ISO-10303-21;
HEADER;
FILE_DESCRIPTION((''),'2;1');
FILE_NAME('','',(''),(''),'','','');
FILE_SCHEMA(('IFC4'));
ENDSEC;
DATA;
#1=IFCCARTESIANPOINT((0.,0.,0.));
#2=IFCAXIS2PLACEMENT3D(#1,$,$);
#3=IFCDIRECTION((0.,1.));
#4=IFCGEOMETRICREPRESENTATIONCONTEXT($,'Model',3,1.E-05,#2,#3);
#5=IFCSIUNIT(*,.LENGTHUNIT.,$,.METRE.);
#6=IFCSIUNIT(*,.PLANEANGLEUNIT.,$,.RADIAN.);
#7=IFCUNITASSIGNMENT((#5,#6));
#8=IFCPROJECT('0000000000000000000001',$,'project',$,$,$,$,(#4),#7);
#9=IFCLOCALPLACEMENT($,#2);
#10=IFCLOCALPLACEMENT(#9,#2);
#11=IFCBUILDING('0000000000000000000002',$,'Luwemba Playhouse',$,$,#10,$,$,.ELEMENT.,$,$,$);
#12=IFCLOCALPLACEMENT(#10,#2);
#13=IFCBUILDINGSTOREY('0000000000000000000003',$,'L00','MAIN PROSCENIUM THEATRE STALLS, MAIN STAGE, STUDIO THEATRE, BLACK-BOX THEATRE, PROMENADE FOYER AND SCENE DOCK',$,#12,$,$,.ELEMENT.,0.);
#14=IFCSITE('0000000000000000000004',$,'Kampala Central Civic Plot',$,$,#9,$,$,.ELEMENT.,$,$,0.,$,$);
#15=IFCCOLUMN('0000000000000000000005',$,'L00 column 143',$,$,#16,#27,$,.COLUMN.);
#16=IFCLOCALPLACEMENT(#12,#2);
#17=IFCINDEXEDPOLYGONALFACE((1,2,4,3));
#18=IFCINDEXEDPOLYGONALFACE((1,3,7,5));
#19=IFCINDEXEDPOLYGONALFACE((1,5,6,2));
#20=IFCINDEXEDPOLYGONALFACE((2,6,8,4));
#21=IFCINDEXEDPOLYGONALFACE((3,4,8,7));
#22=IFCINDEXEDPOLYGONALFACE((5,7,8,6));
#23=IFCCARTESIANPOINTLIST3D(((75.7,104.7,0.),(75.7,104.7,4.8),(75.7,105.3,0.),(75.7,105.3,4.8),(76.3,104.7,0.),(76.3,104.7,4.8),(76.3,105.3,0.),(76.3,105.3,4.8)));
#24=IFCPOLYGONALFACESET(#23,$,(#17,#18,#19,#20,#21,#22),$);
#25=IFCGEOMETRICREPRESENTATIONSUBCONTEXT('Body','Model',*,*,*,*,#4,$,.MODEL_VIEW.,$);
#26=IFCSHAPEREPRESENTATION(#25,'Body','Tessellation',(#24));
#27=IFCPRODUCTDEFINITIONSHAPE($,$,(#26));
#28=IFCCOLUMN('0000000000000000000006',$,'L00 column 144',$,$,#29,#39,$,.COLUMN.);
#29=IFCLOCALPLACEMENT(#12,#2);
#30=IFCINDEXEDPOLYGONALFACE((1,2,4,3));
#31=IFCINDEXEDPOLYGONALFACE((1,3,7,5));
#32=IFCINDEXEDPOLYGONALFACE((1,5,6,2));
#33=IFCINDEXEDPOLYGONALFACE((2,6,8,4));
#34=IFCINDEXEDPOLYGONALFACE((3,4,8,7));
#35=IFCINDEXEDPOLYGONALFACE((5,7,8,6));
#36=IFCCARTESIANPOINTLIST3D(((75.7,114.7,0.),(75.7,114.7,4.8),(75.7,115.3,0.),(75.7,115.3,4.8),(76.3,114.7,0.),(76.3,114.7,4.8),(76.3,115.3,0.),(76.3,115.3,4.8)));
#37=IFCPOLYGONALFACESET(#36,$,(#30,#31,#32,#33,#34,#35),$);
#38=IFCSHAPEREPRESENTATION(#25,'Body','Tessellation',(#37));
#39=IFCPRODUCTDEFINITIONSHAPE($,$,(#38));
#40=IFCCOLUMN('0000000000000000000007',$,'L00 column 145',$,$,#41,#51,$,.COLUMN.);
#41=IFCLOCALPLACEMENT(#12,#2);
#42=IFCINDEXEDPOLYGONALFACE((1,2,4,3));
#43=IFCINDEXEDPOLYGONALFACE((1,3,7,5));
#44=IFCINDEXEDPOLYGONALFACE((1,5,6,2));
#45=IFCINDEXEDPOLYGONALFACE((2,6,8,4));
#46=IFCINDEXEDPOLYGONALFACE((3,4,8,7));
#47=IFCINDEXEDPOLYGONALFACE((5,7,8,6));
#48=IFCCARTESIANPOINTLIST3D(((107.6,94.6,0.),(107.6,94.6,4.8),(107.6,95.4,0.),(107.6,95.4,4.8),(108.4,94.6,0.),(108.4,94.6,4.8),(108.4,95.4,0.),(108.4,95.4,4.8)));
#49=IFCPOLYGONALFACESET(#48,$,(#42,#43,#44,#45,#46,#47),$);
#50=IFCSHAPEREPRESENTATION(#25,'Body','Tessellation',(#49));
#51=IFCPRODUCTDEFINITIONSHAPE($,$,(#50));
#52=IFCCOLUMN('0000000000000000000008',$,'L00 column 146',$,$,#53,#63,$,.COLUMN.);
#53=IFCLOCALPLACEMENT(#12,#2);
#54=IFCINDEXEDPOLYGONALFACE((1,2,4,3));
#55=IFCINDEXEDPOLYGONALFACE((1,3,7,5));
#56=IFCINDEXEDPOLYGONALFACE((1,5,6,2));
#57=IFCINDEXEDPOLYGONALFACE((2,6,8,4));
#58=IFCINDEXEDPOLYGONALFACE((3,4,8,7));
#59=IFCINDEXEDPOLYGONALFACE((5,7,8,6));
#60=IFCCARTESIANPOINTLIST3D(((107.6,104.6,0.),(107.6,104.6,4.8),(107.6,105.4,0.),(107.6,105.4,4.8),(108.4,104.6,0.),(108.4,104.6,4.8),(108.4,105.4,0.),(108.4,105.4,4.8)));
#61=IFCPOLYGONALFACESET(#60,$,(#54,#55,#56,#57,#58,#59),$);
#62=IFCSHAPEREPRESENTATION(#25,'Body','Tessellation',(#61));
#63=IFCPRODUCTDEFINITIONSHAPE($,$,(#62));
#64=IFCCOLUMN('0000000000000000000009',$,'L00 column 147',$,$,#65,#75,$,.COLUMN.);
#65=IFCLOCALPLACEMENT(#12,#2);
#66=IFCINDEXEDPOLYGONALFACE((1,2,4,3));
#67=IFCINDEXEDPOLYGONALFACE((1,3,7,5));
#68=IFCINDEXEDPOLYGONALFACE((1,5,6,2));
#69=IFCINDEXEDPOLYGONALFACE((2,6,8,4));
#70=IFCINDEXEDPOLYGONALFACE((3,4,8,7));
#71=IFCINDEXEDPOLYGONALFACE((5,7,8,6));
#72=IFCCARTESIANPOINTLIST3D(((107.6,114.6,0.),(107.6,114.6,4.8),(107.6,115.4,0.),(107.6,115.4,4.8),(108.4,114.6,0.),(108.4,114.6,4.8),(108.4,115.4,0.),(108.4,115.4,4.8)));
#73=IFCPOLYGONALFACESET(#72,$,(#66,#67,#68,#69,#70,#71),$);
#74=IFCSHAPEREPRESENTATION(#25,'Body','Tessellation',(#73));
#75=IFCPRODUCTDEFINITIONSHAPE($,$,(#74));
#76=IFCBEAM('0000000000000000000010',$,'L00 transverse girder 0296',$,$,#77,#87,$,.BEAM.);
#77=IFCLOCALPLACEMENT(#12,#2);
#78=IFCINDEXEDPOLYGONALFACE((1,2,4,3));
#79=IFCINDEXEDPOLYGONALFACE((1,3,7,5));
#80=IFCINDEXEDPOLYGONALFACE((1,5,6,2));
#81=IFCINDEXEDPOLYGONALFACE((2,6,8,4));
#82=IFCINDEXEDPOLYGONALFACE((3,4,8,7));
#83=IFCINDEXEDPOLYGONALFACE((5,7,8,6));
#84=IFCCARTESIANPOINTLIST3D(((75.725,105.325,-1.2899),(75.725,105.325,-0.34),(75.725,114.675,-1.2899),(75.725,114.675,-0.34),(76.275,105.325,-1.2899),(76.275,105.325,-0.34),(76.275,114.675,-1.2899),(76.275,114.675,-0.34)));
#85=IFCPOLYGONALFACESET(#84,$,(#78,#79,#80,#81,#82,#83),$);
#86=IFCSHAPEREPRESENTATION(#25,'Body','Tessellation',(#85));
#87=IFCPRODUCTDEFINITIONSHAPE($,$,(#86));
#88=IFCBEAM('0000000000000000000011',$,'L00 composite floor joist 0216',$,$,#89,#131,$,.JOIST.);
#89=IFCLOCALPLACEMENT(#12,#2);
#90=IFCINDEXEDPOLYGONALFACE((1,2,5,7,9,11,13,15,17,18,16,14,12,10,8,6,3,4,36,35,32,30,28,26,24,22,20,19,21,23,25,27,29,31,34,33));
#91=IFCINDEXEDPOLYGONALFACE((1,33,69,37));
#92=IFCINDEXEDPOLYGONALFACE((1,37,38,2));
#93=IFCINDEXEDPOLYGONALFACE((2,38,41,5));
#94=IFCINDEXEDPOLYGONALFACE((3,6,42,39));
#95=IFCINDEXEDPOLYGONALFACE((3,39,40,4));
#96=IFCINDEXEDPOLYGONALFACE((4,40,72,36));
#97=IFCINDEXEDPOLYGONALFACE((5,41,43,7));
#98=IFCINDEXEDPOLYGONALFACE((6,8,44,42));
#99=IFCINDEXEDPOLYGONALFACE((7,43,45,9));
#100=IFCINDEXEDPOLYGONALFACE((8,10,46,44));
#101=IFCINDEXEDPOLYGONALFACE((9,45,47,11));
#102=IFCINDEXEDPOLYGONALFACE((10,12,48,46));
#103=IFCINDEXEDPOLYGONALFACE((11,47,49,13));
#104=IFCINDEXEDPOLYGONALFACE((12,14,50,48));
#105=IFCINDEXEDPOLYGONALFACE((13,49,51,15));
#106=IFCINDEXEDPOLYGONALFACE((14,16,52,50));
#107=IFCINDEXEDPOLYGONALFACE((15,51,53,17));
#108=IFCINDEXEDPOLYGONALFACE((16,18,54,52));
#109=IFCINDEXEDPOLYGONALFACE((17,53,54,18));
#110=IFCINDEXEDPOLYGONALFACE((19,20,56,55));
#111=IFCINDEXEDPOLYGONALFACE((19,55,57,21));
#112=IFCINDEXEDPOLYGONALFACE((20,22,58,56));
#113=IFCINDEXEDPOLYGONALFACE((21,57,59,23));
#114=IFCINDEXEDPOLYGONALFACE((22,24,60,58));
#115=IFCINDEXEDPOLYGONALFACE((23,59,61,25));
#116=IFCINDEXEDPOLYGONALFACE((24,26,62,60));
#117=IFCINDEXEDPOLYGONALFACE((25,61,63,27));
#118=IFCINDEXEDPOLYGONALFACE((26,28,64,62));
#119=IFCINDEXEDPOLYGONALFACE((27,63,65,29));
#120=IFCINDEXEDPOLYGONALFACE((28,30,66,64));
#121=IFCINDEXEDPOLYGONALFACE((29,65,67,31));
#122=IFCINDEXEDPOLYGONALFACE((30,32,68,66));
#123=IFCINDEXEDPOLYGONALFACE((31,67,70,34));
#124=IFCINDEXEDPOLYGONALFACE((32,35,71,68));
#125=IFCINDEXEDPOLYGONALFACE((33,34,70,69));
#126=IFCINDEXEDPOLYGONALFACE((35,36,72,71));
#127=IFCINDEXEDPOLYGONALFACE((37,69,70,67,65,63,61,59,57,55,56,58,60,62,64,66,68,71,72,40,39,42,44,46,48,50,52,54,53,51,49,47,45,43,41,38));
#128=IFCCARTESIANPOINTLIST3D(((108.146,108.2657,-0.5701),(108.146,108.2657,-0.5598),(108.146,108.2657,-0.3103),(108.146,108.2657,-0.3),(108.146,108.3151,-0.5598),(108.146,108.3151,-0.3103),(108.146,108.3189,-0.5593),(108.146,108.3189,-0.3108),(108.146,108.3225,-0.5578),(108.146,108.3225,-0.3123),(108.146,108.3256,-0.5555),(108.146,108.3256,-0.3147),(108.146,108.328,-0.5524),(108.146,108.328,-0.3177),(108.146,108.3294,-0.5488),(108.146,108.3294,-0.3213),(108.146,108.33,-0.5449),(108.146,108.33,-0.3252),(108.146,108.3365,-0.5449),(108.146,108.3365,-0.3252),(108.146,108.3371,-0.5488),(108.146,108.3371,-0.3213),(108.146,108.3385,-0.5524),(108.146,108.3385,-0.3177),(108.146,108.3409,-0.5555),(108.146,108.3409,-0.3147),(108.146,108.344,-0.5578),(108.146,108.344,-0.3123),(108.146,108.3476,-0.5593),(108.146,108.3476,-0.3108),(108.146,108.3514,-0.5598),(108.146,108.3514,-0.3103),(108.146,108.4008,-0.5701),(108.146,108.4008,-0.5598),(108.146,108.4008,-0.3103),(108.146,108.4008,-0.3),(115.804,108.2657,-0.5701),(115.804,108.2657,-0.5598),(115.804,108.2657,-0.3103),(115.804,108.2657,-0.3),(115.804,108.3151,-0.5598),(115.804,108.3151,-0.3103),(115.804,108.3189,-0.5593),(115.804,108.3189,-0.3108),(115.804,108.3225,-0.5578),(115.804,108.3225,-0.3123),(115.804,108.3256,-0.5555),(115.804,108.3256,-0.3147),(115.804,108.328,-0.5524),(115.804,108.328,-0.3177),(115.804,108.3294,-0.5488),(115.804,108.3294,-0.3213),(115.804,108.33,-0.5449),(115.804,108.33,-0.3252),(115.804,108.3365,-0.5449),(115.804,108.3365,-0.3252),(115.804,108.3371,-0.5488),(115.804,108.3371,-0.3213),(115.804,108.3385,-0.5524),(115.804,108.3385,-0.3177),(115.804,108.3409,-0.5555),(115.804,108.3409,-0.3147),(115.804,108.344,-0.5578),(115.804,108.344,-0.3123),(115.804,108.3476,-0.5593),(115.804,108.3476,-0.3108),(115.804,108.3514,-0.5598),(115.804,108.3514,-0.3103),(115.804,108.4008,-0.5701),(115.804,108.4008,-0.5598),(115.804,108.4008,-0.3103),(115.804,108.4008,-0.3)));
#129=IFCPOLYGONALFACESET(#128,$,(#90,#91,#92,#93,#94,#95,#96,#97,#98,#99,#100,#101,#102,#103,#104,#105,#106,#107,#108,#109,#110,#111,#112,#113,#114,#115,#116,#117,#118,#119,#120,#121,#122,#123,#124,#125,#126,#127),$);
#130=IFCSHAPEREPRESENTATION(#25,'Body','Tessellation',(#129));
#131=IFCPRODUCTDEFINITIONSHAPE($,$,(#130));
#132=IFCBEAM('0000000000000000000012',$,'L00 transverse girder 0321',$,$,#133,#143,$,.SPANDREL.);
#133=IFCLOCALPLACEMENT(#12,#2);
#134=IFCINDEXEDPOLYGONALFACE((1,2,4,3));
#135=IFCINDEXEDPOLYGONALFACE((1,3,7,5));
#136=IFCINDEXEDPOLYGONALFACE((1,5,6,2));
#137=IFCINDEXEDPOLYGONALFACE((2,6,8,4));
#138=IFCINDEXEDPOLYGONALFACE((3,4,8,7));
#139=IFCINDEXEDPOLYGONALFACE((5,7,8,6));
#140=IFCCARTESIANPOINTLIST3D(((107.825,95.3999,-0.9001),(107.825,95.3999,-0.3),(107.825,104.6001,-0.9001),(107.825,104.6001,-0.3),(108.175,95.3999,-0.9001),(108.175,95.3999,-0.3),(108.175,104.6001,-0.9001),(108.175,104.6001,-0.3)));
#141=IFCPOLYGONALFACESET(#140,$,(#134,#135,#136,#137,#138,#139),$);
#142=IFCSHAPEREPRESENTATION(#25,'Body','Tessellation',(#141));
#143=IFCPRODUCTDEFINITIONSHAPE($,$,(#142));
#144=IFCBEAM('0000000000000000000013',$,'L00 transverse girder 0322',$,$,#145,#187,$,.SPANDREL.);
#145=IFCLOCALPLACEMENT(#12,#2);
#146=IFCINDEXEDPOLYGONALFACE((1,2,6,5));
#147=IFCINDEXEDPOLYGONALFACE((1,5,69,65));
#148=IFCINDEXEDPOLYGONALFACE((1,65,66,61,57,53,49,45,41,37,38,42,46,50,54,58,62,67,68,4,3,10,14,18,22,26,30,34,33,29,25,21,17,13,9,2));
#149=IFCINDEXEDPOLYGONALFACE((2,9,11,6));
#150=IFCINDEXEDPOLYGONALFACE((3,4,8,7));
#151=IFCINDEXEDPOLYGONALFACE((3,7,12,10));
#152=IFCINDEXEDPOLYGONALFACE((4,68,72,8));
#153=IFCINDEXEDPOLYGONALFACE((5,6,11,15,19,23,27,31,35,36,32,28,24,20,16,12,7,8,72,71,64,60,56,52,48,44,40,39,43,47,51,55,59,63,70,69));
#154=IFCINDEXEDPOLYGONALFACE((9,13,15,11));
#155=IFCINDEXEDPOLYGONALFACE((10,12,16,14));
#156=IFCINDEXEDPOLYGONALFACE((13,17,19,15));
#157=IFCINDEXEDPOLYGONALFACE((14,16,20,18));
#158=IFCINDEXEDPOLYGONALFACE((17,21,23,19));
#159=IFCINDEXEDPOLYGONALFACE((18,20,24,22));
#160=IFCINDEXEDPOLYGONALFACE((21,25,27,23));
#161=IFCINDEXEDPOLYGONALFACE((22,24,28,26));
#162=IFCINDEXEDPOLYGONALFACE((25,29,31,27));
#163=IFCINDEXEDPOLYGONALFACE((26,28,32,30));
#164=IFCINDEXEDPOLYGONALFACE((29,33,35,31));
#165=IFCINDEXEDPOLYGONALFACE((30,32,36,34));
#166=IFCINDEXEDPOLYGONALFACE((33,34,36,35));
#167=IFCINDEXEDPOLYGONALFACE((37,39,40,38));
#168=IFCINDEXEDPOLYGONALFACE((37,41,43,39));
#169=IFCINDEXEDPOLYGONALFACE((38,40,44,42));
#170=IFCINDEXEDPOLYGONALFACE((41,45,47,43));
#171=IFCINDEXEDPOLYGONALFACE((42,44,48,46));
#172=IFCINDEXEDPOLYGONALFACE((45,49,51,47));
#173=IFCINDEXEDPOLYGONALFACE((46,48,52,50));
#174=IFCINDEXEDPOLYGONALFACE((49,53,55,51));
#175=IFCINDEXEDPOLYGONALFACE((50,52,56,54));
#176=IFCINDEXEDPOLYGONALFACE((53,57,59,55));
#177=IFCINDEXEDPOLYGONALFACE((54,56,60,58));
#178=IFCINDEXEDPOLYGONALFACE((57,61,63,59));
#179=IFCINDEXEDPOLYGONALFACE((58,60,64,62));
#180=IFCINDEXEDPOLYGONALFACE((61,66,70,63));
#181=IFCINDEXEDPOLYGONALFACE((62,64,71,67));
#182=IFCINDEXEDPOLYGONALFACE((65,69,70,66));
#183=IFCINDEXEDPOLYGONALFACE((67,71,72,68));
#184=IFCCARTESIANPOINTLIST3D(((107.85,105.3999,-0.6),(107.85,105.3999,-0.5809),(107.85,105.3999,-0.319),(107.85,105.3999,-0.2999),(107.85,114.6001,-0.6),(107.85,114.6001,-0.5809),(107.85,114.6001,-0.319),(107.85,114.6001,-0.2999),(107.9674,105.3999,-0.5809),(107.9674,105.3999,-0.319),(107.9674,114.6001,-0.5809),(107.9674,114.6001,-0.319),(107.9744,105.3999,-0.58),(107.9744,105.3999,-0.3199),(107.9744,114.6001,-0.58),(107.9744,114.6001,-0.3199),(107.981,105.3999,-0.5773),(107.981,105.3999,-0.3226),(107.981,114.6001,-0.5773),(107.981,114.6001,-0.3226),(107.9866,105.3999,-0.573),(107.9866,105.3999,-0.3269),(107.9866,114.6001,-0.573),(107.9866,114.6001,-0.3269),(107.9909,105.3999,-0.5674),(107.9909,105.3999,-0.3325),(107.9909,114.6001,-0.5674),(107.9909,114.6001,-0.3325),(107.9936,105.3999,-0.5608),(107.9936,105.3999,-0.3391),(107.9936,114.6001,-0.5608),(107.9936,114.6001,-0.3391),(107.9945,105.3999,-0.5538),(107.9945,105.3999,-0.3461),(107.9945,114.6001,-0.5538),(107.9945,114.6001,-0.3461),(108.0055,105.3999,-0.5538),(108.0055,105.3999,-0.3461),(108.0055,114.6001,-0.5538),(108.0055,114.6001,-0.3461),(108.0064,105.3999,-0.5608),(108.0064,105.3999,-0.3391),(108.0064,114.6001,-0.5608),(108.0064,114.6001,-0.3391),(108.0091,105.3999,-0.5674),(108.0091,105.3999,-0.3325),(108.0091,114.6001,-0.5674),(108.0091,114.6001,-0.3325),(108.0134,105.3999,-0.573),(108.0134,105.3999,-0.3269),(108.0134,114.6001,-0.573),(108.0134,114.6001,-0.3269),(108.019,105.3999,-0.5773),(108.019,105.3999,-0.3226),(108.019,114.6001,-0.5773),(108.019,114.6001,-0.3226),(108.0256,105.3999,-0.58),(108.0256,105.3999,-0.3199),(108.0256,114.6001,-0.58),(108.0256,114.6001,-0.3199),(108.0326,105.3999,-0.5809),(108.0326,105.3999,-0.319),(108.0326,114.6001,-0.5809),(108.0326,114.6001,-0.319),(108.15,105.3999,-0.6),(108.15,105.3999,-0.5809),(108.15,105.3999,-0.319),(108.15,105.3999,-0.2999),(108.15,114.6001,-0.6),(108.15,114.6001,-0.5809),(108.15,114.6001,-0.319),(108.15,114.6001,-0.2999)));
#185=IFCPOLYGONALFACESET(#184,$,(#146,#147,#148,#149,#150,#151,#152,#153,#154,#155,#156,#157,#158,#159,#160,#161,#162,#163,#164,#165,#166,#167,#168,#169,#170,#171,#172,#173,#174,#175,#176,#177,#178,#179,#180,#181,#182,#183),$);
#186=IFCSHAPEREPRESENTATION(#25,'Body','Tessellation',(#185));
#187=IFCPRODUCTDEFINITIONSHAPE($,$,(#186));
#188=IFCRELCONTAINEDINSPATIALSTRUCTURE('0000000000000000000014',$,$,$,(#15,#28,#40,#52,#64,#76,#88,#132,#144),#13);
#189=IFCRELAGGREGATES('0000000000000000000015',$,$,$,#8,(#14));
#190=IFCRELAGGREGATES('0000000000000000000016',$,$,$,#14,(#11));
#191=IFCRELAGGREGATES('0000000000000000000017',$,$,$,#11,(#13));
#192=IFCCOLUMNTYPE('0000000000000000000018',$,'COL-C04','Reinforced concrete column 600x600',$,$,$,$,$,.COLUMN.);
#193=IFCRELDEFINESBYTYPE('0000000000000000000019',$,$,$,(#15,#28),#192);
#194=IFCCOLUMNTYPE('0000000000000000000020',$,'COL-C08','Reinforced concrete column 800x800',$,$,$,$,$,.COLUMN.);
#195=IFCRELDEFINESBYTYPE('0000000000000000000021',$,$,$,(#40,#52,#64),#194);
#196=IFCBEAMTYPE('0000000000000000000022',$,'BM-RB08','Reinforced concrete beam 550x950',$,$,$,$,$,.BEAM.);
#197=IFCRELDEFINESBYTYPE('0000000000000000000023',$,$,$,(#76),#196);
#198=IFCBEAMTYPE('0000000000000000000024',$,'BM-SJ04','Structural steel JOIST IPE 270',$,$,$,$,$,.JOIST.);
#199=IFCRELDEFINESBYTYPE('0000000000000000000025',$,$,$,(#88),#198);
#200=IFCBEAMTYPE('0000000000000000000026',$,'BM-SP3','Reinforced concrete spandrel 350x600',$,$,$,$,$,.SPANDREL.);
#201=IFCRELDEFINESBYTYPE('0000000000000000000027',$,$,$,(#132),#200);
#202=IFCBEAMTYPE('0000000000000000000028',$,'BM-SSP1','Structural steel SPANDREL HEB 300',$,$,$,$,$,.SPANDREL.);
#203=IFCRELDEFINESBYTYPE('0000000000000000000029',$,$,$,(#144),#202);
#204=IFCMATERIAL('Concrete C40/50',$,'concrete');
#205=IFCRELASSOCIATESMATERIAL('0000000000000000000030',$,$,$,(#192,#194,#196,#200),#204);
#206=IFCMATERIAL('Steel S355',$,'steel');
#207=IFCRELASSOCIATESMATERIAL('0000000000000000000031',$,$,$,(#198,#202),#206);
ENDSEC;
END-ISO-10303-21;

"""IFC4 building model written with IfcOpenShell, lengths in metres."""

from ifc_helpers import new_model, si_unit, direction, frame, origin, origin_2d, place, context, subcontext, project, spatial, rectangle, i_section, extrude, material, material_profile, profile_set, type_object, element, save


model = new_model("IFC4")

# Units and contexts
model_context = context("Model", 3, precision=1e-05, world=origin(), true_north=direction((0.0, 1.0)))
body_context = subcontext(model_context, "Body", "Model", "MODEL_VIEW")
ifc_project = project(units=[si_unit("LENGTHUNIT", "METRE"), si_unit("PLANEANGLEUNIT", "RADIAN")], contexts=[model_context])

# Site, building, storey
site_placement = place(None, origin())
site = spatial("IfcSite", under=ifc_project, at=site_placement, Name="Kampala Central Civic Plot", CompositionType="ELEMENT", RefElevation=0.0)
building_placement = place(site_placement, origin())
building = spatial("IfcBuilding", under=site, at=building_placement, Name="Luwemba Playhouse", CompositionType="ELEMENT")
storey_placement = place(building_placement, origin())
storey = spatial("IfcBuildingStorey", under=building, at=storey_placement, Name="L00", Description="MAIN PROSCENIUM THEATRE STALLS, MAIN STAGE, STUDIO THEATRE, BLACK-BOX THEATRE, PROMENADE FOYER AND SCENE DOCK", CompositionType="ELEMENT", Elevation=0.0)

# Columns
ifc_material_1 = material(Name="Concrete C40/50", Category="concrete")
ifc_material_profile_1 = material_profile(ifc_material_1, rectangle(XDim=0.6001, YDim=0.6001, at=origin_2d()))
ifc_profile_set_1 = profile_set([ifc_material_profile_1], Name="Concrete C40/50")
column_type_1 = type_object("IfcColumnType", Name="COL-C04", Description="Reinforced concrete column 600x600", PredefinedType="COLUMN", material=ifc_profile_set_1)
for number, where, z_axis, x_axis, name in (
    (1, (76.0, 105.0, 0.0), (0.0, 0.0, 1.0), (1.0, 0.0, 0.0), "L00 column 143"),
    (2, (76.0, 115.0, 0.0), (0.0, 0.0, 1.0), (1.0, 0.0, 0.0), "L00 column 144"),
):
    element("IfcColumn", number, at=place(storey_placement, frame(where, z_axis=z_axis, x_axis=x_axis)), inside=storey, type_object=column_type_1, Name=name, PredefinedType="COLUMN", context=body_context, shape_type="SweptSolid", body=[
        extrude(rectangle(XDim=0.6001, YDim=0.6001, at=origin_2d()), origin(), (0.0, 0.0, 1.0), 4.8),
    ])
ifc_material_profile_2 = material_profile(ifc_material_1, rectangle(XDim=0.8, YDim=0.8, at=origin_2d()))
ifc_profile_set_2 = profile_set([ifc_material_profile_2], Name="Concrete C40/50")
column_type_2 = type_object("IfcColumnType", Name="COL-C08", Description="Reinforced concrete column 800x800", PredefinedType="COLUMN", material=ifc_profile_set_2)
for number, where, z_axis, x_axis, name in (
    (3, (108.0, 95.0, 0.0), (0.0, 0.0, 1.0), (1.0, 0.0, 0.0), "L00 column 145"),
    (4, (108.0, 105.0, 0.0), (0.0, 0.0, 1.0), (1.0, 0.0, 0.0), "L00 column 146"),
    (5, (108.0, 115.0, 0.0), (0.0, 0.0, 1.0), (1.0, 0.0, 0.0), "L00 column 147"),
):
    element("IfcColumn", number, at=place(storey_placement, frame(where, z_axis=z_axis, x_axis=x_axis)), inside=storey, type_object=column_type_2, Name=name, PredefinedType="COLUMN", context=body_context, shape_type="SweptSolid", body=[
        extrude(rectangle(XDim=0.8, YDim=0.8, at=origin_2d()), origin(), (0.0, 0.0, 1.0), 4.8),
    ])

# Beams
ifc_material_profile_3 = material_profile(ifc_material_1, rectangle(XDim=0.55, YDim=0.95, at=origin_2d()))
ifc_profile_set_3 = profile_set([ifc_material_profile_3], Name="Concrete C40/50")
beam_type_1 = type_object("IfcBeamType", Name="BM-RB08", Description="Reinforced concrete beam 550x950", PredefinedType="BEAM", material=ifc_profile_set_3)
beam_1_placement = place(storey_placement, frame((76.0, 105.325, -0.8149), z_axis=(0.0, 1.0, 0.0), x_axis=(-1.0, 0.0, 0.0)))
element("IfcBeam", 6, at=beam_1_placement, inside=storey, type_object=beam_type_1, Name="L00 transverse girder 0296", PredefinedType="BEAM", context=body_context, shape_type="SweptSolid", body=[
    extrude(rectangle(XDim=0.55, YDim=0.95, at=origin_2d()), origin(), (0.0, 0.0, 1.0), 9.3501),
])
ifc_material_2 = material(Name="Steel S355", Category="steel")
ifc_material_profile_4 = material_profile(ifc_material_2, i_section(OverallWidth=0.135, OverallDepth=0.27, WebThickness=0.0066, FlangeThickness=0.0103, FilletRadius=0.0149, at=origin_2d()))
ifc_profile_set_4 = profile_set([ifc_material_profile_4], Name="Steel S355")
beam_type_2 = type_object("IfcBeamType", Name="BM-SJ04", Description="Structural steel JOIST IPE 270", PredefinedType="JOIST", material=ifc_profile_set_4)
beam_2_placement = place(storey_placement, frame((108.146, 108.3333, -0.4351), z_axis=(1.0, 0.0, 0.0), x_axis=(0.0, 1.0, 0.0)))
element("IfcBeam", 7, at=beam_2_placement, inside=storey, type_object=beam_type_2, Name="L00 composite floor joist 0216", PredefinedType="JOIST", context=body_context, shape_type="SweptSolid", body=[
    extrude(i_section(OverallWidth=0.135, OverallDepth=0.27, WebThickness=0.0066, FlangeThickness=0.0103, FilletRadius=0.0149, at=origin_2d()), origin(), (0.0, 0.0, 1.0), 7.658),
])
ifc_material_profile_5 = material_profile(ifc_material_1, rectangle(XDim=0.3501, YDim=0.6001, at=origin_2d()))
ifc_profile_set_5 = profile_set([ifc_material_profile_5], Name="Concrete C40/50")
beam_type_3 = type_object("IfcBeamType", Name="BM-SP3", Description="Reinforced concrete spandrel 350x600", PredefinedType="SPANDREL", material=ifc_profile_set_5)
beam_3_placement = place(storey_placement, frame((108.0, 95.3999, -0.6001), z_axis=(0.0, 1.0, 0.0), x_axis=(-1.0, 0.0, 0.0)))
element("IfcBeam", 8, at=beam_3_placement, inside=storey, type_object=beam_type_3, Name="L00 transverse girder 0321", PredefinedType="SPANDREL", context=body_context, shape_type="SweptSolid", body=[
    extrude(rectangle(XDim=0.3501, YDim=0.6001, at=origin_2d()), origin(), (0.0, 0.0, 1.0), 9.2002),
])
ifc_material_profile_6 = material_profile(ifc_material_2, i_section(OverallWidth=0.3, OverallDepth=0.3, WebThickness=0.011, FlangeThickness=0.019, FilletRadius=0.0271, at=origin_2d()))
ifc_profile_set_6 = profile_set([ifc_material_profile_6], Name="Steel S355")
beam_type_4 = type_object("IfcBeamType", Name="BM-SSP1", Description="Structural steel SPANDREL HEB 300", PredefinedType="SPANDREL", material=ifc_profile_set_6)
beam_4_placement = place(storey_placement, frame((108.0, 105.3999, -0.45), z_axis=(0.0, 1.0, 0.0), x_axis=(-1.0, 0.0, 0.0)))
element("IfcBeam", 9, at=beam_4_placement, inside=storey, type_object=beam_type_4, Name="L00 transverse girder 0322", PredefinedType="SPANDREL", context=body_context, shape_type="SweptSolid", body=[
    extrude(i_section(OverallWidth=0.3, OverallDepth=0.3, WebThickness=0.011, FlangeThickness=0.019, FilletRadius=0.0271, at=origin_2d()), origin(), (0.0, 0.0, 1.0), 9.2002),
])

save(model, "model.ifc")
